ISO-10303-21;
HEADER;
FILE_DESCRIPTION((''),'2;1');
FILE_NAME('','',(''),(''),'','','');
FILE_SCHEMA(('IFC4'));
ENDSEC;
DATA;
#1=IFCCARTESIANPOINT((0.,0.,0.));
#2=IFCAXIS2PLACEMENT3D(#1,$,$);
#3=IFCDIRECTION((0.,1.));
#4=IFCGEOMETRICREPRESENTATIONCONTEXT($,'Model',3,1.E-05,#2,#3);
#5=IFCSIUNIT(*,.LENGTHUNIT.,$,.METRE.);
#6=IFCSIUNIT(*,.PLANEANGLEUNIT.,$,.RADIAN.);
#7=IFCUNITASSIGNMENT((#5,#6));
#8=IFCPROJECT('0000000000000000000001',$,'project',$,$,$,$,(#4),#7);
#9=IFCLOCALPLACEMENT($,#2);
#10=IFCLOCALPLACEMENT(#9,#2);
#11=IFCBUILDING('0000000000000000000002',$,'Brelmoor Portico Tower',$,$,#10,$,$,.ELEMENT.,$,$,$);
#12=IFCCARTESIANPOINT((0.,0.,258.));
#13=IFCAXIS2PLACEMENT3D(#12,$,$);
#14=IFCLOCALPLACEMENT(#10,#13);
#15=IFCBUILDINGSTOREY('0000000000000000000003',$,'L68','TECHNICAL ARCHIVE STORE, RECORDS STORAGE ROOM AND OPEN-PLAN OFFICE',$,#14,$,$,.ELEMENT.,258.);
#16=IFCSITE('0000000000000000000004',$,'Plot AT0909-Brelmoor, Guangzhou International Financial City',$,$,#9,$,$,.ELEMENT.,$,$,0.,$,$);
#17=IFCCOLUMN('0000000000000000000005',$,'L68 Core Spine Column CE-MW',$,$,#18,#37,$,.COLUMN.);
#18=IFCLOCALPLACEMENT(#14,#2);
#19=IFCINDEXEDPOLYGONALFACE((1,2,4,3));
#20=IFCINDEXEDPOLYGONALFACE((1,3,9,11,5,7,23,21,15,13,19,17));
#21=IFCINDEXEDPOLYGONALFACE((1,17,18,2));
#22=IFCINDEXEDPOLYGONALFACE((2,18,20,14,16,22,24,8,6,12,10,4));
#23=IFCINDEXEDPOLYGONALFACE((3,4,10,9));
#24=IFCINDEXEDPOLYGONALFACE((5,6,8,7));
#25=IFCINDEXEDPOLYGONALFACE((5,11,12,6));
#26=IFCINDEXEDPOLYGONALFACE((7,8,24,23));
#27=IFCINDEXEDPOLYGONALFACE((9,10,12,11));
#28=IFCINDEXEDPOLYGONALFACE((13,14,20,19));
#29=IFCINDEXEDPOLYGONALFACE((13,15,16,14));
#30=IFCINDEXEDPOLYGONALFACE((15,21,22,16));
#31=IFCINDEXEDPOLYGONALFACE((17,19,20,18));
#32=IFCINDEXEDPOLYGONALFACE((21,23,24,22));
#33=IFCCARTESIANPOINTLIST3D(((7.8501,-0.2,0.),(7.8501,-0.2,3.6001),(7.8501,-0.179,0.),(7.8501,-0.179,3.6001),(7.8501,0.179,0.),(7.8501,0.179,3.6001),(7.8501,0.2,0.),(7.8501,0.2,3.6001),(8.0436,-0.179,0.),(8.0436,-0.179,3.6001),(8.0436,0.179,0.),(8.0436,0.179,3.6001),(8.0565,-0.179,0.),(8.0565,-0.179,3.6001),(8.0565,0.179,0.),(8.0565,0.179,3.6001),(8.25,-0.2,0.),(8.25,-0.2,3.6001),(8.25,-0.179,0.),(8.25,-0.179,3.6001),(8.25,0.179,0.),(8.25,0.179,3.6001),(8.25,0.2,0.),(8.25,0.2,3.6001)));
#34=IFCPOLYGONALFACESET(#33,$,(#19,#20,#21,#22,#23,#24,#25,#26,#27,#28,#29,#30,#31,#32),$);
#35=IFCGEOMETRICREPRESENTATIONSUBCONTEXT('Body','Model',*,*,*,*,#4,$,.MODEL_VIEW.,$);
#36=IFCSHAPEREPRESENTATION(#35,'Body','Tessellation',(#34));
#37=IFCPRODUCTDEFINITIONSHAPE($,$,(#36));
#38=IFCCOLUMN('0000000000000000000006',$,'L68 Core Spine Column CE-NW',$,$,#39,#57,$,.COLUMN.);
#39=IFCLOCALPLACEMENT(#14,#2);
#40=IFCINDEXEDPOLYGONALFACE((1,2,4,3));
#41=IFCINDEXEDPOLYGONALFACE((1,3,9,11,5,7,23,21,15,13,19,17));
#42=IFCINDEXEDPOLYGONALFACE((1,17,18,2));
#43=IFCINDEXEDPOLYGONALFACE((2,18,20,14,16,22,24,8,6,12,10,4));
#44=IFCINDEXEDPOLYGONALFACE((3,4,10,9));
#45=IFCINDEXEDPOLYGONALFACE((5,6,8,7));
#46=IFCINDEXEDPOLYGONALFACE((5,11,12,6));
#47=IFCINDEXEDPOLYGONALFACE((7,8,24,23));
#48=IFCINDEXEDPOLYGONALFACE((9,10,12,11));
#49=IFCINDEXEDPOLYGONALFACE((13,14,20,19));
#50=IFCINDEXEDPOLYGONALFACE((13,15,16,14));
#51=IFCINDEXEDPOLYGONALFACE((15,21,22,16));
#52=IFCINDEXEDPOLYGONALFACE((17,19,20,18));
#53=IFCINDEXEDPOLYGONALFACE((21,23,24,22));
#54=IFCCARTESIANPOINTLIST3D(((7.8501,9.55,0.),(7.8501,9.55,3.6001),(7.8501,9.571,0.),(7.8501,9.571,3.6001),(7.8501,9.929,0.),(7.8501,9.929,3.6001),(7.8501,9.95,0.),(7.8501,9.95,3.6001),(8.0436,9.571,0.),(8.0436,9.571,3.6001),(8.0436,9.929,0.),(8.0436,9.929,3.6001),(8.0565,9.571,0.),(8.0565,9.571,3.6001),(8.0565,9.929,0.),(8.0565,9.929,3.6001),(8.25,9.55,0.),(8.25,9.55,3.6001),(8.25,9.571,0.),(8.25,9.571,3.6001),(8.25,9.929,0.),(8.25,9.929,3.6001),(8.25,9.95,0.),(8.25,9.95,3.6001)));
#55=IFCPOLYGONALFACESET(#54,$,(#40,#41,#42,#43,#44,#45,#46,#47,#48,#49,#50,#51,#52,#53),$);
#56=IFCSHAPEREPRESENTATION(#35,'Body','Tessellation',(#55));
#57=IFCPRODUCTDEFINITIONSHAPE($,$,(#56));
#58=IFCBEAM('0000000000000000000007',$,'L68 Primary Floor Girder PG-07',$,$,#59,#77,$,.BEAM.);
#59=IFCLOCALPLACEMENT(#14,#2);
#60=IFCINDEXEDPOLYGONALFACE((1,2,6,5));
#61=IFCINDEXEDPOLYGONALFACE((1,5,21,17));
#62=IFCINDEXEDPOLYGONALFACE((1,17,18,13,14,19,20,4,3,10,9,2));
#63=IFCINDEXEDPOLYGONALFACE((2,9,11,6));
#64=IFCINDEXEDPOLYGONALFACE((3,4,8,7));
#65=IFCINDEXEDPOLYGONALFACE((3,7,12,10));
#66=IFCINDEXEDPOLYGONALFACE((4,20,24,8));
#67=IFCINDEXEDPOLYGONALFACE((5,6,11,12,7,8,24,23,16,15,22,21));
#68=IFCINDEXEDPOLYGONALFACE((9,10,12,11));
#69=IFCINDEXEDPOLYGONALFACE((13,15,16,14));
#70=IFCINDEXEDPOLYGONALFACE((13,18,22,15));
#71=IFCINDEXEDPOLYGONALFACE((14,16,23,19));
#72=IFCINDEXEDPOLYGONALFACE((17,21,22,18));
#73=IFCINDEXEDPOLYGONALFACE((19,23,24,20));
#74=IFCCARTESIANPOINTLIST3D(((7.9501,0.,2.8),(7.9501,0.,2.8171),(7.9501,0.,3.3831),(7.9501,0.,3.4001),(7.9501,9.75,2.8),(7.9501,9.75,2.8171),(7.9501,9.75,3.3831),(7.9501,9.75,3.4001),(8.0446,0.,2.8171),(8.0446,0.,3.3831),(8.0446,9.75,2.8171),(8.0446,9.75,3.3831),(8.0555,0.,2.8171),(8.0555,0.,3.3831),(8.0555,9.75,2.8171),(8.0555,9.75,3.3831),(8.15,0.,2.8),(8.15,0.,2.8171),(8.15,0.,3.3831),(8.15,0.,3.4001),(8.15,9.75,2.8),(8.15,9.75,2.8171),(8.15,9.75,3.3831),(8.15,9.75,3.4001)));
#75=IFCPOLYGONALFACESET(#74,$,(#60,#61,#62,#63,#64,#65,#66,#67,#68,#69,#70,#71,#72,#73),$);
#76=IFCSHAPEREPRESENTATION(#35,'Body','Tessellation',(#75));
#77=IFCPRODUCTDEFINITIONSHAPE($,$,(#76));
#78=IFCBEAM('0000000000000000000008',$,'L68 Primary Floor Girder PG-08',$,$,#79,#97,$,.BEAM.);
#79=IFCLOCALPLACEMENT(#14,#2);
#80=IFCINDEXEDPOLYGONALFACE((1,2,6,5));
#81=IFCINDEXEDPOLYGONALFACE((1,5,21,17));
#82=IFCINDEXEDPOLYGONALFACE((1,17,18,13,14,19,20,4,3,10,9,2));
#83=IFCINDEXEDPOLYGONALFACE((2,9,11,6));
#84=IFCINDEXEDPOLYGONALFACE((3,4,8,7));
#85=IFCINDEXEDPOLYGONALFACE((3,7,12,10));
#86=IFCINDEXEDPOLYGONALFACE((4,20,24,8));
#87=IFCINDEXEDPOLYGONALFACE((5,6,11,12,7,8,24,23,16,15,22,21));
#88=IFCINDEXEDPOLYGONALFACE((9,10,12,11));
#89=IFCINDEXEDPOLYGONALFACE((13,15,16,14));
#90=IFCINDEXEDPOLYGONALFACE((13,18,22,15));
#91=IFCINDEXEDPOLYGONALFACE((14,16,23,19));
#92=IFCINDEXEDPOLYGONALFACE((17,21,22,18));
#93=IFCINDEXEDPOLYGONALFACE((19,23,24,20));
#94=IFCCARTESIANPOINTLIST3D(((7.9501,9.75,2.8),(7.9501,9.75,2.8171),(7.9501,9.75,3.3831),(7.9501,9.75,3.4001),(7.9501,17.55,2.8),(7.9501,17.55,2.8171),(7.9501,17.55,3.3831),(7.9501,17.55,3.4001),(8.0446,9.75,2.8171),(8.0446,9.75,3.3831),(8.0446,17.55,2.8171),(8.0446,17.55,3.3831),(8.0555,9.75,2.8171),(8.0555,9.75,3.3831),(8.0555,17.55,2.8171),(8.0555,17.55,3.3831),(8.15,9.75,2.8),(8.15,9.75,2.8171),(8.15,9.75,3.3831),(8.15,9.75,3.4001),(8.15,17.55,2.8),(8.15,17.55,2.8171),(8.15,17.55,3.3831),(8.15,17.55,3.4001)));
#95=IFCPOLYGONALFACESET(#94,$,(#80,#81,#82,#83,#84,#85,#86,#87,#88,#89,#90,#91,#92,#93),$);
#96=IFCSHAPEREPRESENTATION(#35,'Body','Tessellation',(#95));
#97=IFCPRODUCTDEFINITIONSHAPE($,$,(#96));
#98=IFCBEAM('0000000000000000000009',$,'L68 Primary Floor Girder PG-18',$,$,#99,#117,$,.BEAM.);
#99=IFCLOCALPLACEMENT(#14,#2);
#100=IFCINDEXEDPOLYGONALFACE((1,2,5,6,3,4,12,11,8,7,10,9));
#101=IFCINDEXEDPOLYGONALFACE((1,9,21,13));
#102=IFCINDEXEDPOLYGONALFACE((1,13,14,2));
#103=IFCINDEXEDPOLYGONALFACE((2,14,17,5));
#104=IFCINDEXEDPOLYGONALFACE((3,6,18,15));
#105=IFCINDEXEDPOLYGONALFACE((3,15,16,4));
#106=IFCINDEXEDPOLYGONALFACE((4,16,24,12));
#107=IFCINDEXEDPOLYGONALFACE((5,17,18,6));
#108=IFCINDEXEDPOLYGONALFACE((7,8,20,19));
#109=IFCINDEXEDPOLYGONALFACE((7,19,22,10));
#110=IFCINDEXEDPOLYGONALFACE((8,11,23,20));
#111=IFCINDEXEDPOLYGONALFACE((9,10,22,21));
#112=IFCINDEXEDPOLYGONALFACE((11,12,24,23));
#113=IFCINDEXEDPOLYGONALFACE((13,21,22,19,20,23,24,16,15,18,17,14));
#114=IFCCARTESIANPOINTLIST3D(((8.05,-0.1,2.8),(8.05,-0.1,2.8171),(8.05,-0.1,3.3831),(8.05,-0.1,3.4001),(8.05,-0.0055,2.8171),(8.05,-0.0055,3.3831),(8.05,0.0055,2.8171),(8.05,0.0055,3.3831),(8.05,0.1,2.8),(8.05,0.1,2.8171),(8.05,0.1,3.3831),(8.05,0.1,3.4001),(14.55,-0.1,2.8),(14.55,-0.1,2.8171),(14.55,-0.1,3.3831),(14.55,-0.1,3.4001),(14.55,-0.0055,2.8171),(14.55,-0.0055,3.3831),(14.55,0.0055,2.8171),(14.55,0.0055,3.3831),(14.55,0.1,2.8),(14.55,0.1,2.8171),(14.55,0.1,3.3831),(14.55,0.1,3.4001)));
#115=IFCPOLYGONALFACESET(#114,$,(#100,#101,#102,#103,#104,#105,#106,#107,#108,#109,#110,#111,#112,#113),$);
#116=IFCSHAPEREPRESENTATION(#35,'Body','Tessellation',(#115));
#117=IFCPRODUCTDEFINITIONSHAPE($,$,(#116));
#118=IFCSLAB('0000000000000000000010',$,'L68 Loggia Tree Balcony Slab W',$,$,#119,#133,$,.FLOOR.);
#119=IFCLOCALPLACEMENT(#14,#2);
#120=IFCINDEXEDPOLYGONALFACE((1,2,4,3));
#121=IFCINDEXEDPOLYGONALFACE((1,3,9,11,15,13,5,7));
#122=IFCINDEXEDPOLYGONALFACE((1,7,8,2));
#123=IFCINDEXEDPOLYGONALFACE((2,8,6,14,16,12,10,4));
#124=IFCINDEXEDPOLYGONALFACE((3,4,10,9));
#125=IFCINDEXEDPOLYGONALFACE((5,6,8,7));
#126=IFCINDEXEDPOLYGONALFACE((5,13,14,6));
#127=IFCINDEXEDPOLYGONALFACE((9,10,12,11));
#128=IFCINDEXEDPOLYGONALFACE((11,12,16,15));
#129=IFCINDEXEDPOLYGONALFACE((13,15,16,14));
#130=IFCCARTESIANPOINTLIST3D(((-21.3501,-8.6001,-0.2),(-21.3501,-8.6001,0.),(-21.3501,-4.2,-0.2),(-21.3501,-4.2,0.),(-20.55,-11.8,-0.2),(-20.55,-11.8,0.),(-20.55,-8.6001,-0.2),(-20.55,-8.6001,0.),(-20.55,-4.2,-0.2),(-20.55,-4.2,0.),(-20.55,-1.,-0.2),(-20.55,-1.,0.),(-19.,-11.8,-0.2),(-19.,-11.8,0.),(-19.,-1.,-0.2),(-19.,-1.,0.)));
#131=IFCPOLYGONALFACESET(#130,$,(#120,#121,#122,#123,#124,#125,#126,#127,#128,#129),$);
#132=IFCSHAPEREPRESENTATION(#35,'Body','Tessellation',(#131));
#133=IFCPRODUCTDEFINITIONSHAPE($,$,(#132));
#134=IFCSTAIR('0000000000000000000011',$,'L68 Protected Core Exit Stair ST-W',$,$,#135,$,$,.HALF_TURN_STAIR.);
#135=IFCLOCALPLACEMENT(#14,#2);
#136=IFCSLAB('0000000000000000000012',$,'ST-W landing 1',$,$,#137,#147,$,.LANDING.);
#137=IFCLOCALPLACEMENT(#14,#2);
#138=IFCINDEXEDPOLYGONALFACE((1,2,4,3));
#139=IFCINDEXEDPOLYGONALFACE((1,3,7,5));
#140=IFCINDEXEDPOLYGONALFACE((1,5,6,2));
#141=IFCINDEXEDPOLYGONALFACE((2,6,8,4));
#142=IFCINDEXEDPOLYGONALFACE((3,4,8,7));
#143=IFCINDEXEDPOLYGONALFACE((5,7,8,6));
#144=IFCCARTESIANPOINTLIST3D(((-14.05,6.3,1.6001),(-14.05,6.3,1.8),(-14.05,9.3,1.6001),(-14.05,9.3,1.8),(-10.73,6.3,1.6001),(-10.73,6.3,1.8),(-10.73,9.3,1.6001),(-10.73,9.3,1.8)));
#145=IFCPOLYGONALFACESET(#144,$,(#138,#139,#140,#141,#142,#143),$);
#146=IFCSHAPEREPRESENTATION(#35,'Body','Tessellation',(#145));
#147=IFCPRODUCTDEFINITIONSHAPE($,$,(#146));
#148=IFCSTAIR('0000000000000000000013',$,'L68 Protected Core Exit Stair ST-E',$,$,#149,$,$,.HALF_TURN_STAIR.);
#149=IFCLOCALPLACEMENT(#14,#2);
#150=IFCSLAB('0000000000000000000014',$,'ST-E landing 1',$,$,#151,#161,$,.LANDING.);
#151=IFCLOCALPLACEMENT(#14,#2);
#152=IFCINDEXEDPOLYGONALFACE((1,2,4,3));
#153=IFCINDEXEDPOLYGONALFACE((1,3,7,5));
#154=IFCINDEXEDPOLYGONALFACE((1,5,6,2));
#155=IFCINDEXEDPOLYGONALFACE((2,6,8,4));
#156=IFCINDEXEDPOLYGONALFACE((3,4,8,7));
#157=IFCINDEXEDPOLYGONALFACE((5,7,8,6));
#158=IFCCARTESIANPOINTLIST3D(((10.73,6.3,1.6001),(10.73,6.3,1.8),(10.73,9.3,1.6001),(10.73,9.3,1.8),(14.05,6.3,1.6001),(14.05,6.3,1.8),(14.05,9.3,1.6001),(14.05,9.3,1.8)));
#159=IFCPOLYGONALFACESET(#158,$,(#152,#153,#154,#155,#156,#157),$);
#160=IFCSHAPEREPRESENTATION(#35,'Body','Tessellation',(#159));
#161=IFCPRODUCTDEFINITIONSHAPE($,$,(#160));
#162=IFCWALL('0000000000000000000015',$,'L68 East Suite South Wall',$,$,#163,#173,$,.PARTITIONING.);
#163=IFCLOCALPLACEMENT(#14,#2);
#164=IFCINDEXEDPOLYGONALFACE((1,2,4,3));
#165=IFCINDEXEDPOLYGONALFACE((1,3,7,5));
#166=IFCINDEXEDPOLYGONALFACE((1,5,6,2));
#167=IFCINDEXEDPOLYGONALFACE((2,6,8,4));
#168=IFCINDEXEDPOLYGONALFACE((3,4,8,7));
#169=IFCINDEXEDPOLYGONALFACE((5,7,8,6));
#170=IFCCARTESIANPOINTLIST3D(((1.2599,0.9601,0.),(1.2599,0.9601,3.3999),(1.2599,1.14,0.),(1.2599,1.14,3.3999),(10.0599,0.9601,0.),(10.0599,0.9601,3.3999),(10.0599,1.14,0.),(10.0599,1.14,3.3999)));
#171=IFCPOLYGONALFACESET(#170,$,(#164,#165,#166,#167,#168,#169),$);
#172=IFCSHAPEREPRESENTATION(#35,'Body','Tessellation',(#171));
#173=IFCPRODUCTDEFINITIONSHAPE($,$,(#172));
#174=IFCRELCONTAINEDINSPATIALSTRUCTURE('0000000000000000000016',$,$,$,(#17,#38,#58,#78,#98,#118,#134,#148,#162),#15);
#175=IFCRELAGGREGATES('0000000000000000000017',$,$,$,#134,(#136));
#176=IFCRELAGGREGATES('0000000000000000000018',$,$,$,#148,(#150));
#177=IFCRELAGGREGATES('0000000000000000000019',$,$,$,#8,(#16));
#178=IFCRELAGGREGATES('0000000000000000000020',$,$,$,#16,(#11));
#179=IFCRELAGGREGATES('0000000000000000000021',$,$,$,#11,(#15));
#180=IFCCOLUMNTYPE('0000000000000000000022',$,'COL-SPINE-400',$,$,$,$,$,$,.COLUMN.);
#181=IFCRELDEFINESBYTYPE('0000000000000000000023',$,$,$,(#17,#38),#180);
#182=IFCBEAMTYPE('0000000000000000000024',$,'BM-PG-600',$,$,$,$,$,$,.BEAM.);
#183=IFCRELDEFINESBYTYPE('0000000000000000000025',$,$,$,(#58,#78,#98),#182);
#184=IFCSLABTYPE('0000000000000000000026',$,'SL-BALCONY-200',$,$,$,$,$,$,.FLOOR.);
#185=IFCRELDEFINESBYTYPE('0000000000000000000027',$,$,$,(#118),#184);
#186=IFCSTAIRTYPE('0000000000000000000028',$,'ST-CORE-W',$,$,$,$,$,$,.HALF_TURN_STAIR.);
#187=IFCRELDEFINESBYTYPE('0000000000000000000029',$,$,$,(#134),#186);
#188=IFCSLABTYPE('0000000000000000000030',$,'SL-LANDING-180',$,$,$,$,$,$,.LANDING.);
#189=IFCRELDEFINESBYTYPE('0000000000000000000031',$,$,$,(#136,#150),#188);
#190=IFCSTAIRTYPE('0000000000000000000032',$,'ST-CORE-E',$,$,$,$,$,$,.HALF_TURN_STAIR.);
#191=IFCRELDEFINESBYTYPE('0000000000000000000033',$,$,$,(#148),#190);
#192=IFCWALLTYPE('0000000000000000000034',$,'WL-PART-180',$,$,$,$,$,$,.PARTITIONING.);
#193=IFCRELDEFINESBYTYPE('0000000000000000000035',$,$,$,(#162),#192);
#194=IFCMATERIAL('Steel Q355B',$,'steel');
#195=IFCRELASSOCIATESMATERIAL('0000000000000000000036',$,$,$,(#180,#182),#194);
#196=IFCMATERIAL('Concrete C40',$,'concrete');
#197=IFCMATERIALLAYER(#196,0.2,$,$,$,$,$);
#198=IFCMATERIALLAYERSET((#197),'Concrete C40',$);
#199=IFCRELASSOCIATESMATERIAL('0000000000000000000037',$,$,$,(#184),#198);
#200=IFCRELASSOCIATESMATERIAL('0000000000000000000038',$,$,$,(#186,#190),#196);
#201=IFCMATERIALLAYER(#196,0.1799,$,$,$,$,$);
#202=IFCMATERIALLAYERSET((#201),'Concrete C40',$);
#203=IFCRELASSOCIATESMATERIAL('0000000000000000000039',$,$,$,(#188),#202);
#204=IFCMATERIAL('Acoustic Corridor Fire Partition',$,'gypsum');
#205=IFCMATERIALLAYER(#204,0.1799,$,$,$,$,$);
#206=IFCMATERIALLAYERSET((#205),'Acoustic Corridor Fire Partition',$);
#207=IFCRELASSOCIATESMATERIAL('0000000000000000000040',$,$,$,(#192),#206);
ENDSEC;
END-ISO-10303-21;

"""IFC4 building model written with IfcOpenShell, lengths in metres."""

from ifc_helpers import new_model, si_unit, direction, frame, frame_2d, origin, origin_2d, place, context, subcontext, project, spatial, polyline, rectangle, i_section, outline, extrude, material, layer, layer_set, material_profile, profile_set, type_object, element, aggregate, save


model = new_model("IFC4")

# Units and contexts
model_context = context("Model", 3, precision=1e-05, world=origin(), true_north=direction((0.0, 1.0)))
body_context = subcontext(model_context, "Body", "Model", "MODEL_VIEW")
ifc_project = project(units=[si_unit("LENGTHUNIT", "METRE"), si_unit("PLANEANGLEUNIT", "RADIAN")], contexts=[model_context])

# Site, building, storey
site_placement = place(None, origin())
site = spatial("IfcSite", under=ifc_project, at=site_placement, Name="Plot AT0909-Brelmoor, Guangzhou International Financial City", CompositionType="ELEMENT", RefElevation=0.0)
building_placement = place(site_placement, origin())
building = spatial("IfcBuilding", under=site, at=building_placement, Name="Brelmoor Portico Tower", CompositionType="ELEMENT")
storey_placement = place(building_placement, frame((0.0, 0.0, 258.0)))
storey = spatial("IfcBuildingStorey", under=building, at=storey_placement, Name="L68", Description="TECHNICAL ARCHIVE STORE, RECORDS STORAGE ROOM AND OPEN-PLAN OFFICE", CompositionType="ELEMENT", Elevation=258.0)

# Columns
ifc_material_1 = material(Name="Steel Q355B", Category="steel")
ifc_material_profile_1 = material_profile(ifc_material_1, i_section(OverallWidth=0.3999, OverallDepth=0.3999, WebThickness=0.0129, FlangeThickness=0.021, at=origin_2d()), Name="HW 400x400x13x21")
ifc_profile_set_1 = profile_set([ifc_material_profile_1], Name="Steel Q355B")
column_type = type_object("IfcColumnType", Name="COL-SPINE-400", PredefinedType="COLUMN", material=ifc_profile_set_1)
for number, where, z_axis, x_axis, name in (
    (1, (8.05, 0.0, 0.0), (0.0, 0.0, 1.0), (1.0, 0.0, 0.0), "L68 Core Spine Column CE-MW"),
    (2, (8.05, 9.75, 0.0), (0.0, 0.0, 1.0), (1.0, 0.0, 0.0), "L68 Core Spine Column CE-NW"),
):
    element("IfcColumn", number, at=place(storey_placement, frame(where, z_axis=z_axis, x_axis=x_axis)), inside=storey, type_object=column_type, Name=name, PredefinedType="COLUMN", context=body_context, shape_type="SweptSolid", body=[
        extrude(i_section(OverallWidth=0.3999, OverallDepth=0.3999, WebThickness=0.0129, FlangeThickness=0.021, at=origin_2d()), origin(), (0.0, 0.0, 1.0), 3.6001),
    ])

# Beams
ifc_material_profile_2 = material_profile(ifc_material_1, i_section(OverallWidth=0.2, OverallDepth=0.6001, WebThickness=0.011, FlangeThickness=0.0171, at=origin_2d()), Name="HN 600x200x11x17")
ifc_profile_set_2 = profile_set([ifc_material_profile_2], Name="Steel Q355B")
beam_type = type_object("IfcBeamType", Name="BM-PG-600", PredefinedType="BEAM", material=ifc_profile_set_2)
beam_1_placement = place(storey_placement, frame((8.05, 0.0, 3.1001), z_axis=(0.0, 1.0, 0.0), x_axis=(-1.0, 0.0, 0.0)))
element("IfcBeam", 3, at=beam_1_placement, inside=storey, type_object=beam_type, Name="L68 Primary Floor Girder PG-07", PredefinedType="BEAM", context=body_context, shape_type="SweptSolid", body=[
    extrude(i_section(OverallWidth=0.2, OverallDepth=0.6001, WebThickness=0.011, FlangeThickness=0.0171, at=origin_2d()), origin(), (0.0, 0.0, 1.0), 9.75),
])
beam_2_placement = place(storey_placement, frame((8.05, 9.75, 3.1001), z_axis=(0.0, 1.0, 0.0), x_axis=(-1.0, 0.0, 0.0)))
element("IfcBeam", 4, at=beam_2_placement, inside=storey, type_object=beam_type, Name="L68 Primary Floor Girder PG-08", PredefinedType="BEAM", context=body_context, shape_type="SweptSolid", body=[
    extrude(i_section(OverallWidth=0.2, OverallDepth=0.6001, WebThickness=0.011, FlangeThickness=0.0171, at=origin_2d()), origin(), (0.0, 0.0, 1.0), 7.8),
])
beam_3_placement = place(storey_placement, frame((8.05, 0.0, 3.1001), z_axis=(1.0, 0.0, 0.0), x_axis=(0.0, 1.0, 0.0)))
element("IfcBeam", 5, at=beam_3_placement, inside=storey, type_object=beam_type, Name="L68 Primary Floor Girder PG-18", PredefinedType="BEAM", context=body_context, shape_type="SweptSolid", body=[
    extrude(i_section(OverallWidth=0.2, OverallDepth=0.6001, WebThickness=0.011, FlangeThickness=0.0171, at=origin_2d()), origin(), (0.0, 0.0, 1.0), 6.5),
])

# Slab
ifc_material_2 = material(Name="Concrete C40", Category="concrete")
ifc_layer_1 = layer(ifc_material_2, 0.2)
ifc_layer_set_1 = layer_set([ifc_layer_1], Name="Concrete C40")
slab_type_1 = type_object("IfcSlabType", Name="SL-BALCONY-200", PredefinedType="FLOOR", material=ifc_layer_set_1)
slab_1_placement = place(storey_placement, frame((0.0, 0.0, -0.2)))
element("IfcSlab", 6, at=slab_1_placement, inside=storey, type_object=slab_type_1, Name="L68 Loggia Tree Balcony Slab W", PredefinedType="FLOOR", context=body_context, shape_type="SweptSolid", body=[
    extrude(outline(polyline([(-20.55, -11.8), (-19.0, -11.8), (-19.0, -1.0), (-20.55, -1.0), (-20.55, -4.2), (-21.3501, -4.2), (-21.3501, -8.6001), (-20.55, -8.6001), (-20.55, -11.8)])), origin(), (0.0, 0.0, 1.0), 0.2),
])

# Stairs, slabs
stair_type_1 = type_object("IfcStairType", Name="ST-CORE-W", PredefinedType="HALF_TURN_STAIR", material=ifc_material_2)
stair_1_placement = place(storey_placement, origin())
stair_1 = element("IfcStair", 7, at=stair_1_placement, inside=storey, type_object=stair_type_1, Name="L68 Protected Core Exit Stair ST-W", PredefinedType="HALF_TURN_STAIR")
ifc_layer_2 = layer(ifc_material_2, 0.1799)
ifc_layer_set_2 = layer_set([ifc_layer_2], Name="Concrete C40")
slab_type_2 = type_object("IfcSlabType", Name="SL-LANDING-180", PredefinedType="LANDING", material=ifc_layer_set_2)
slab_2_placement = place(storey_placement, frame((0.0, 0.0, 1.6001)))
slab_2 = element("IfcSlab", 8, at=slab_2_placement, type_object=slab_type_2, Name="ST-W landing 1", PredefinedType="LANDING", context=body_context, shape_type="SweptSolid", body=[
    extrude(outline(polyline([(-10.73, 6.3), (-10.73, 9.3), (-14.05, 9.3), (-14.05, 6.3), (-10.73, 6.3)])), origin(), (0.0, 0.0, 1.0), 0.2),
])
aggregate(stair_1, [slab_2])
stair_type_2 = type_object("IfcStairType", Name="ST-CORE-E", PredefinedType="HALF_TURN_STAIR", material=ifc_material_2)
stair_2_placement = place(storey_placement, origin())
stair_2 = element("IfcStair", 9, at=stair_2_placement, inside=storey, type_object=stair_type_2, Name="L68 Protected Core Exit Stair ST-E", PredefinedType="HALF_TURN_STAIR")
slab_3_placement = place(storey_placement, frame((0.0, 0.0, 1.6001)))
slab_3 = element("IfcSlab", 10, at=slab_3_placement, type_object=slab_type_2, Name="ST-E landing 1", PredefinedType="LANDING", context=body_context, shape_type="SweptSolid", body=[
    extrude(outline(polyline([(14.05, 6.3), (14.05, 9.3), (10.73, 9.3), (10.73, 6.3), (14.05, 6.3)])), origin(), (0.0, 0.0, 1.0), 0.2),
])

# Wall
ifc_material_3 = material(Name="Acoustic Corridor Fire Partition", Category="gypsum")
ifc_layer_3 = layer(ifc_material_3, 0.1799)
ifc_layer_set_3 = layer_set([ifc_layer_3], Name="Acoustic Corridor Fire Partition")
wall_type_1 = type_object("IfcWallType", Name="WL-PART-180", PredefinedType="PARTITIONING", material=ifc_layer_set_3)
wall_1_placement = place(storey_placement, frame((1.26, 1.05, 0.0), z_axis=(0.0, 0.0, 1.0), x_axis=(1.0, 0.0, 0.0)))
element("IfcWall", 11, at=wall_1_placement, inside=storey, type_object=wall_type_1, Name="L68 East Suite South Wall", PredefinedType="PARTITIONING", context=body_context, shape_type="SweptSolid", body=[
    extrude(rectangle(XDim=8.8, YDim=0.1799, at=frame_2d((4.3999, 0.0))), origin(), (0.0, 0.0, 1.0), 3.3999),
])

aggregate(stair_2, [slab_3])

save(model, "model.ifc")
